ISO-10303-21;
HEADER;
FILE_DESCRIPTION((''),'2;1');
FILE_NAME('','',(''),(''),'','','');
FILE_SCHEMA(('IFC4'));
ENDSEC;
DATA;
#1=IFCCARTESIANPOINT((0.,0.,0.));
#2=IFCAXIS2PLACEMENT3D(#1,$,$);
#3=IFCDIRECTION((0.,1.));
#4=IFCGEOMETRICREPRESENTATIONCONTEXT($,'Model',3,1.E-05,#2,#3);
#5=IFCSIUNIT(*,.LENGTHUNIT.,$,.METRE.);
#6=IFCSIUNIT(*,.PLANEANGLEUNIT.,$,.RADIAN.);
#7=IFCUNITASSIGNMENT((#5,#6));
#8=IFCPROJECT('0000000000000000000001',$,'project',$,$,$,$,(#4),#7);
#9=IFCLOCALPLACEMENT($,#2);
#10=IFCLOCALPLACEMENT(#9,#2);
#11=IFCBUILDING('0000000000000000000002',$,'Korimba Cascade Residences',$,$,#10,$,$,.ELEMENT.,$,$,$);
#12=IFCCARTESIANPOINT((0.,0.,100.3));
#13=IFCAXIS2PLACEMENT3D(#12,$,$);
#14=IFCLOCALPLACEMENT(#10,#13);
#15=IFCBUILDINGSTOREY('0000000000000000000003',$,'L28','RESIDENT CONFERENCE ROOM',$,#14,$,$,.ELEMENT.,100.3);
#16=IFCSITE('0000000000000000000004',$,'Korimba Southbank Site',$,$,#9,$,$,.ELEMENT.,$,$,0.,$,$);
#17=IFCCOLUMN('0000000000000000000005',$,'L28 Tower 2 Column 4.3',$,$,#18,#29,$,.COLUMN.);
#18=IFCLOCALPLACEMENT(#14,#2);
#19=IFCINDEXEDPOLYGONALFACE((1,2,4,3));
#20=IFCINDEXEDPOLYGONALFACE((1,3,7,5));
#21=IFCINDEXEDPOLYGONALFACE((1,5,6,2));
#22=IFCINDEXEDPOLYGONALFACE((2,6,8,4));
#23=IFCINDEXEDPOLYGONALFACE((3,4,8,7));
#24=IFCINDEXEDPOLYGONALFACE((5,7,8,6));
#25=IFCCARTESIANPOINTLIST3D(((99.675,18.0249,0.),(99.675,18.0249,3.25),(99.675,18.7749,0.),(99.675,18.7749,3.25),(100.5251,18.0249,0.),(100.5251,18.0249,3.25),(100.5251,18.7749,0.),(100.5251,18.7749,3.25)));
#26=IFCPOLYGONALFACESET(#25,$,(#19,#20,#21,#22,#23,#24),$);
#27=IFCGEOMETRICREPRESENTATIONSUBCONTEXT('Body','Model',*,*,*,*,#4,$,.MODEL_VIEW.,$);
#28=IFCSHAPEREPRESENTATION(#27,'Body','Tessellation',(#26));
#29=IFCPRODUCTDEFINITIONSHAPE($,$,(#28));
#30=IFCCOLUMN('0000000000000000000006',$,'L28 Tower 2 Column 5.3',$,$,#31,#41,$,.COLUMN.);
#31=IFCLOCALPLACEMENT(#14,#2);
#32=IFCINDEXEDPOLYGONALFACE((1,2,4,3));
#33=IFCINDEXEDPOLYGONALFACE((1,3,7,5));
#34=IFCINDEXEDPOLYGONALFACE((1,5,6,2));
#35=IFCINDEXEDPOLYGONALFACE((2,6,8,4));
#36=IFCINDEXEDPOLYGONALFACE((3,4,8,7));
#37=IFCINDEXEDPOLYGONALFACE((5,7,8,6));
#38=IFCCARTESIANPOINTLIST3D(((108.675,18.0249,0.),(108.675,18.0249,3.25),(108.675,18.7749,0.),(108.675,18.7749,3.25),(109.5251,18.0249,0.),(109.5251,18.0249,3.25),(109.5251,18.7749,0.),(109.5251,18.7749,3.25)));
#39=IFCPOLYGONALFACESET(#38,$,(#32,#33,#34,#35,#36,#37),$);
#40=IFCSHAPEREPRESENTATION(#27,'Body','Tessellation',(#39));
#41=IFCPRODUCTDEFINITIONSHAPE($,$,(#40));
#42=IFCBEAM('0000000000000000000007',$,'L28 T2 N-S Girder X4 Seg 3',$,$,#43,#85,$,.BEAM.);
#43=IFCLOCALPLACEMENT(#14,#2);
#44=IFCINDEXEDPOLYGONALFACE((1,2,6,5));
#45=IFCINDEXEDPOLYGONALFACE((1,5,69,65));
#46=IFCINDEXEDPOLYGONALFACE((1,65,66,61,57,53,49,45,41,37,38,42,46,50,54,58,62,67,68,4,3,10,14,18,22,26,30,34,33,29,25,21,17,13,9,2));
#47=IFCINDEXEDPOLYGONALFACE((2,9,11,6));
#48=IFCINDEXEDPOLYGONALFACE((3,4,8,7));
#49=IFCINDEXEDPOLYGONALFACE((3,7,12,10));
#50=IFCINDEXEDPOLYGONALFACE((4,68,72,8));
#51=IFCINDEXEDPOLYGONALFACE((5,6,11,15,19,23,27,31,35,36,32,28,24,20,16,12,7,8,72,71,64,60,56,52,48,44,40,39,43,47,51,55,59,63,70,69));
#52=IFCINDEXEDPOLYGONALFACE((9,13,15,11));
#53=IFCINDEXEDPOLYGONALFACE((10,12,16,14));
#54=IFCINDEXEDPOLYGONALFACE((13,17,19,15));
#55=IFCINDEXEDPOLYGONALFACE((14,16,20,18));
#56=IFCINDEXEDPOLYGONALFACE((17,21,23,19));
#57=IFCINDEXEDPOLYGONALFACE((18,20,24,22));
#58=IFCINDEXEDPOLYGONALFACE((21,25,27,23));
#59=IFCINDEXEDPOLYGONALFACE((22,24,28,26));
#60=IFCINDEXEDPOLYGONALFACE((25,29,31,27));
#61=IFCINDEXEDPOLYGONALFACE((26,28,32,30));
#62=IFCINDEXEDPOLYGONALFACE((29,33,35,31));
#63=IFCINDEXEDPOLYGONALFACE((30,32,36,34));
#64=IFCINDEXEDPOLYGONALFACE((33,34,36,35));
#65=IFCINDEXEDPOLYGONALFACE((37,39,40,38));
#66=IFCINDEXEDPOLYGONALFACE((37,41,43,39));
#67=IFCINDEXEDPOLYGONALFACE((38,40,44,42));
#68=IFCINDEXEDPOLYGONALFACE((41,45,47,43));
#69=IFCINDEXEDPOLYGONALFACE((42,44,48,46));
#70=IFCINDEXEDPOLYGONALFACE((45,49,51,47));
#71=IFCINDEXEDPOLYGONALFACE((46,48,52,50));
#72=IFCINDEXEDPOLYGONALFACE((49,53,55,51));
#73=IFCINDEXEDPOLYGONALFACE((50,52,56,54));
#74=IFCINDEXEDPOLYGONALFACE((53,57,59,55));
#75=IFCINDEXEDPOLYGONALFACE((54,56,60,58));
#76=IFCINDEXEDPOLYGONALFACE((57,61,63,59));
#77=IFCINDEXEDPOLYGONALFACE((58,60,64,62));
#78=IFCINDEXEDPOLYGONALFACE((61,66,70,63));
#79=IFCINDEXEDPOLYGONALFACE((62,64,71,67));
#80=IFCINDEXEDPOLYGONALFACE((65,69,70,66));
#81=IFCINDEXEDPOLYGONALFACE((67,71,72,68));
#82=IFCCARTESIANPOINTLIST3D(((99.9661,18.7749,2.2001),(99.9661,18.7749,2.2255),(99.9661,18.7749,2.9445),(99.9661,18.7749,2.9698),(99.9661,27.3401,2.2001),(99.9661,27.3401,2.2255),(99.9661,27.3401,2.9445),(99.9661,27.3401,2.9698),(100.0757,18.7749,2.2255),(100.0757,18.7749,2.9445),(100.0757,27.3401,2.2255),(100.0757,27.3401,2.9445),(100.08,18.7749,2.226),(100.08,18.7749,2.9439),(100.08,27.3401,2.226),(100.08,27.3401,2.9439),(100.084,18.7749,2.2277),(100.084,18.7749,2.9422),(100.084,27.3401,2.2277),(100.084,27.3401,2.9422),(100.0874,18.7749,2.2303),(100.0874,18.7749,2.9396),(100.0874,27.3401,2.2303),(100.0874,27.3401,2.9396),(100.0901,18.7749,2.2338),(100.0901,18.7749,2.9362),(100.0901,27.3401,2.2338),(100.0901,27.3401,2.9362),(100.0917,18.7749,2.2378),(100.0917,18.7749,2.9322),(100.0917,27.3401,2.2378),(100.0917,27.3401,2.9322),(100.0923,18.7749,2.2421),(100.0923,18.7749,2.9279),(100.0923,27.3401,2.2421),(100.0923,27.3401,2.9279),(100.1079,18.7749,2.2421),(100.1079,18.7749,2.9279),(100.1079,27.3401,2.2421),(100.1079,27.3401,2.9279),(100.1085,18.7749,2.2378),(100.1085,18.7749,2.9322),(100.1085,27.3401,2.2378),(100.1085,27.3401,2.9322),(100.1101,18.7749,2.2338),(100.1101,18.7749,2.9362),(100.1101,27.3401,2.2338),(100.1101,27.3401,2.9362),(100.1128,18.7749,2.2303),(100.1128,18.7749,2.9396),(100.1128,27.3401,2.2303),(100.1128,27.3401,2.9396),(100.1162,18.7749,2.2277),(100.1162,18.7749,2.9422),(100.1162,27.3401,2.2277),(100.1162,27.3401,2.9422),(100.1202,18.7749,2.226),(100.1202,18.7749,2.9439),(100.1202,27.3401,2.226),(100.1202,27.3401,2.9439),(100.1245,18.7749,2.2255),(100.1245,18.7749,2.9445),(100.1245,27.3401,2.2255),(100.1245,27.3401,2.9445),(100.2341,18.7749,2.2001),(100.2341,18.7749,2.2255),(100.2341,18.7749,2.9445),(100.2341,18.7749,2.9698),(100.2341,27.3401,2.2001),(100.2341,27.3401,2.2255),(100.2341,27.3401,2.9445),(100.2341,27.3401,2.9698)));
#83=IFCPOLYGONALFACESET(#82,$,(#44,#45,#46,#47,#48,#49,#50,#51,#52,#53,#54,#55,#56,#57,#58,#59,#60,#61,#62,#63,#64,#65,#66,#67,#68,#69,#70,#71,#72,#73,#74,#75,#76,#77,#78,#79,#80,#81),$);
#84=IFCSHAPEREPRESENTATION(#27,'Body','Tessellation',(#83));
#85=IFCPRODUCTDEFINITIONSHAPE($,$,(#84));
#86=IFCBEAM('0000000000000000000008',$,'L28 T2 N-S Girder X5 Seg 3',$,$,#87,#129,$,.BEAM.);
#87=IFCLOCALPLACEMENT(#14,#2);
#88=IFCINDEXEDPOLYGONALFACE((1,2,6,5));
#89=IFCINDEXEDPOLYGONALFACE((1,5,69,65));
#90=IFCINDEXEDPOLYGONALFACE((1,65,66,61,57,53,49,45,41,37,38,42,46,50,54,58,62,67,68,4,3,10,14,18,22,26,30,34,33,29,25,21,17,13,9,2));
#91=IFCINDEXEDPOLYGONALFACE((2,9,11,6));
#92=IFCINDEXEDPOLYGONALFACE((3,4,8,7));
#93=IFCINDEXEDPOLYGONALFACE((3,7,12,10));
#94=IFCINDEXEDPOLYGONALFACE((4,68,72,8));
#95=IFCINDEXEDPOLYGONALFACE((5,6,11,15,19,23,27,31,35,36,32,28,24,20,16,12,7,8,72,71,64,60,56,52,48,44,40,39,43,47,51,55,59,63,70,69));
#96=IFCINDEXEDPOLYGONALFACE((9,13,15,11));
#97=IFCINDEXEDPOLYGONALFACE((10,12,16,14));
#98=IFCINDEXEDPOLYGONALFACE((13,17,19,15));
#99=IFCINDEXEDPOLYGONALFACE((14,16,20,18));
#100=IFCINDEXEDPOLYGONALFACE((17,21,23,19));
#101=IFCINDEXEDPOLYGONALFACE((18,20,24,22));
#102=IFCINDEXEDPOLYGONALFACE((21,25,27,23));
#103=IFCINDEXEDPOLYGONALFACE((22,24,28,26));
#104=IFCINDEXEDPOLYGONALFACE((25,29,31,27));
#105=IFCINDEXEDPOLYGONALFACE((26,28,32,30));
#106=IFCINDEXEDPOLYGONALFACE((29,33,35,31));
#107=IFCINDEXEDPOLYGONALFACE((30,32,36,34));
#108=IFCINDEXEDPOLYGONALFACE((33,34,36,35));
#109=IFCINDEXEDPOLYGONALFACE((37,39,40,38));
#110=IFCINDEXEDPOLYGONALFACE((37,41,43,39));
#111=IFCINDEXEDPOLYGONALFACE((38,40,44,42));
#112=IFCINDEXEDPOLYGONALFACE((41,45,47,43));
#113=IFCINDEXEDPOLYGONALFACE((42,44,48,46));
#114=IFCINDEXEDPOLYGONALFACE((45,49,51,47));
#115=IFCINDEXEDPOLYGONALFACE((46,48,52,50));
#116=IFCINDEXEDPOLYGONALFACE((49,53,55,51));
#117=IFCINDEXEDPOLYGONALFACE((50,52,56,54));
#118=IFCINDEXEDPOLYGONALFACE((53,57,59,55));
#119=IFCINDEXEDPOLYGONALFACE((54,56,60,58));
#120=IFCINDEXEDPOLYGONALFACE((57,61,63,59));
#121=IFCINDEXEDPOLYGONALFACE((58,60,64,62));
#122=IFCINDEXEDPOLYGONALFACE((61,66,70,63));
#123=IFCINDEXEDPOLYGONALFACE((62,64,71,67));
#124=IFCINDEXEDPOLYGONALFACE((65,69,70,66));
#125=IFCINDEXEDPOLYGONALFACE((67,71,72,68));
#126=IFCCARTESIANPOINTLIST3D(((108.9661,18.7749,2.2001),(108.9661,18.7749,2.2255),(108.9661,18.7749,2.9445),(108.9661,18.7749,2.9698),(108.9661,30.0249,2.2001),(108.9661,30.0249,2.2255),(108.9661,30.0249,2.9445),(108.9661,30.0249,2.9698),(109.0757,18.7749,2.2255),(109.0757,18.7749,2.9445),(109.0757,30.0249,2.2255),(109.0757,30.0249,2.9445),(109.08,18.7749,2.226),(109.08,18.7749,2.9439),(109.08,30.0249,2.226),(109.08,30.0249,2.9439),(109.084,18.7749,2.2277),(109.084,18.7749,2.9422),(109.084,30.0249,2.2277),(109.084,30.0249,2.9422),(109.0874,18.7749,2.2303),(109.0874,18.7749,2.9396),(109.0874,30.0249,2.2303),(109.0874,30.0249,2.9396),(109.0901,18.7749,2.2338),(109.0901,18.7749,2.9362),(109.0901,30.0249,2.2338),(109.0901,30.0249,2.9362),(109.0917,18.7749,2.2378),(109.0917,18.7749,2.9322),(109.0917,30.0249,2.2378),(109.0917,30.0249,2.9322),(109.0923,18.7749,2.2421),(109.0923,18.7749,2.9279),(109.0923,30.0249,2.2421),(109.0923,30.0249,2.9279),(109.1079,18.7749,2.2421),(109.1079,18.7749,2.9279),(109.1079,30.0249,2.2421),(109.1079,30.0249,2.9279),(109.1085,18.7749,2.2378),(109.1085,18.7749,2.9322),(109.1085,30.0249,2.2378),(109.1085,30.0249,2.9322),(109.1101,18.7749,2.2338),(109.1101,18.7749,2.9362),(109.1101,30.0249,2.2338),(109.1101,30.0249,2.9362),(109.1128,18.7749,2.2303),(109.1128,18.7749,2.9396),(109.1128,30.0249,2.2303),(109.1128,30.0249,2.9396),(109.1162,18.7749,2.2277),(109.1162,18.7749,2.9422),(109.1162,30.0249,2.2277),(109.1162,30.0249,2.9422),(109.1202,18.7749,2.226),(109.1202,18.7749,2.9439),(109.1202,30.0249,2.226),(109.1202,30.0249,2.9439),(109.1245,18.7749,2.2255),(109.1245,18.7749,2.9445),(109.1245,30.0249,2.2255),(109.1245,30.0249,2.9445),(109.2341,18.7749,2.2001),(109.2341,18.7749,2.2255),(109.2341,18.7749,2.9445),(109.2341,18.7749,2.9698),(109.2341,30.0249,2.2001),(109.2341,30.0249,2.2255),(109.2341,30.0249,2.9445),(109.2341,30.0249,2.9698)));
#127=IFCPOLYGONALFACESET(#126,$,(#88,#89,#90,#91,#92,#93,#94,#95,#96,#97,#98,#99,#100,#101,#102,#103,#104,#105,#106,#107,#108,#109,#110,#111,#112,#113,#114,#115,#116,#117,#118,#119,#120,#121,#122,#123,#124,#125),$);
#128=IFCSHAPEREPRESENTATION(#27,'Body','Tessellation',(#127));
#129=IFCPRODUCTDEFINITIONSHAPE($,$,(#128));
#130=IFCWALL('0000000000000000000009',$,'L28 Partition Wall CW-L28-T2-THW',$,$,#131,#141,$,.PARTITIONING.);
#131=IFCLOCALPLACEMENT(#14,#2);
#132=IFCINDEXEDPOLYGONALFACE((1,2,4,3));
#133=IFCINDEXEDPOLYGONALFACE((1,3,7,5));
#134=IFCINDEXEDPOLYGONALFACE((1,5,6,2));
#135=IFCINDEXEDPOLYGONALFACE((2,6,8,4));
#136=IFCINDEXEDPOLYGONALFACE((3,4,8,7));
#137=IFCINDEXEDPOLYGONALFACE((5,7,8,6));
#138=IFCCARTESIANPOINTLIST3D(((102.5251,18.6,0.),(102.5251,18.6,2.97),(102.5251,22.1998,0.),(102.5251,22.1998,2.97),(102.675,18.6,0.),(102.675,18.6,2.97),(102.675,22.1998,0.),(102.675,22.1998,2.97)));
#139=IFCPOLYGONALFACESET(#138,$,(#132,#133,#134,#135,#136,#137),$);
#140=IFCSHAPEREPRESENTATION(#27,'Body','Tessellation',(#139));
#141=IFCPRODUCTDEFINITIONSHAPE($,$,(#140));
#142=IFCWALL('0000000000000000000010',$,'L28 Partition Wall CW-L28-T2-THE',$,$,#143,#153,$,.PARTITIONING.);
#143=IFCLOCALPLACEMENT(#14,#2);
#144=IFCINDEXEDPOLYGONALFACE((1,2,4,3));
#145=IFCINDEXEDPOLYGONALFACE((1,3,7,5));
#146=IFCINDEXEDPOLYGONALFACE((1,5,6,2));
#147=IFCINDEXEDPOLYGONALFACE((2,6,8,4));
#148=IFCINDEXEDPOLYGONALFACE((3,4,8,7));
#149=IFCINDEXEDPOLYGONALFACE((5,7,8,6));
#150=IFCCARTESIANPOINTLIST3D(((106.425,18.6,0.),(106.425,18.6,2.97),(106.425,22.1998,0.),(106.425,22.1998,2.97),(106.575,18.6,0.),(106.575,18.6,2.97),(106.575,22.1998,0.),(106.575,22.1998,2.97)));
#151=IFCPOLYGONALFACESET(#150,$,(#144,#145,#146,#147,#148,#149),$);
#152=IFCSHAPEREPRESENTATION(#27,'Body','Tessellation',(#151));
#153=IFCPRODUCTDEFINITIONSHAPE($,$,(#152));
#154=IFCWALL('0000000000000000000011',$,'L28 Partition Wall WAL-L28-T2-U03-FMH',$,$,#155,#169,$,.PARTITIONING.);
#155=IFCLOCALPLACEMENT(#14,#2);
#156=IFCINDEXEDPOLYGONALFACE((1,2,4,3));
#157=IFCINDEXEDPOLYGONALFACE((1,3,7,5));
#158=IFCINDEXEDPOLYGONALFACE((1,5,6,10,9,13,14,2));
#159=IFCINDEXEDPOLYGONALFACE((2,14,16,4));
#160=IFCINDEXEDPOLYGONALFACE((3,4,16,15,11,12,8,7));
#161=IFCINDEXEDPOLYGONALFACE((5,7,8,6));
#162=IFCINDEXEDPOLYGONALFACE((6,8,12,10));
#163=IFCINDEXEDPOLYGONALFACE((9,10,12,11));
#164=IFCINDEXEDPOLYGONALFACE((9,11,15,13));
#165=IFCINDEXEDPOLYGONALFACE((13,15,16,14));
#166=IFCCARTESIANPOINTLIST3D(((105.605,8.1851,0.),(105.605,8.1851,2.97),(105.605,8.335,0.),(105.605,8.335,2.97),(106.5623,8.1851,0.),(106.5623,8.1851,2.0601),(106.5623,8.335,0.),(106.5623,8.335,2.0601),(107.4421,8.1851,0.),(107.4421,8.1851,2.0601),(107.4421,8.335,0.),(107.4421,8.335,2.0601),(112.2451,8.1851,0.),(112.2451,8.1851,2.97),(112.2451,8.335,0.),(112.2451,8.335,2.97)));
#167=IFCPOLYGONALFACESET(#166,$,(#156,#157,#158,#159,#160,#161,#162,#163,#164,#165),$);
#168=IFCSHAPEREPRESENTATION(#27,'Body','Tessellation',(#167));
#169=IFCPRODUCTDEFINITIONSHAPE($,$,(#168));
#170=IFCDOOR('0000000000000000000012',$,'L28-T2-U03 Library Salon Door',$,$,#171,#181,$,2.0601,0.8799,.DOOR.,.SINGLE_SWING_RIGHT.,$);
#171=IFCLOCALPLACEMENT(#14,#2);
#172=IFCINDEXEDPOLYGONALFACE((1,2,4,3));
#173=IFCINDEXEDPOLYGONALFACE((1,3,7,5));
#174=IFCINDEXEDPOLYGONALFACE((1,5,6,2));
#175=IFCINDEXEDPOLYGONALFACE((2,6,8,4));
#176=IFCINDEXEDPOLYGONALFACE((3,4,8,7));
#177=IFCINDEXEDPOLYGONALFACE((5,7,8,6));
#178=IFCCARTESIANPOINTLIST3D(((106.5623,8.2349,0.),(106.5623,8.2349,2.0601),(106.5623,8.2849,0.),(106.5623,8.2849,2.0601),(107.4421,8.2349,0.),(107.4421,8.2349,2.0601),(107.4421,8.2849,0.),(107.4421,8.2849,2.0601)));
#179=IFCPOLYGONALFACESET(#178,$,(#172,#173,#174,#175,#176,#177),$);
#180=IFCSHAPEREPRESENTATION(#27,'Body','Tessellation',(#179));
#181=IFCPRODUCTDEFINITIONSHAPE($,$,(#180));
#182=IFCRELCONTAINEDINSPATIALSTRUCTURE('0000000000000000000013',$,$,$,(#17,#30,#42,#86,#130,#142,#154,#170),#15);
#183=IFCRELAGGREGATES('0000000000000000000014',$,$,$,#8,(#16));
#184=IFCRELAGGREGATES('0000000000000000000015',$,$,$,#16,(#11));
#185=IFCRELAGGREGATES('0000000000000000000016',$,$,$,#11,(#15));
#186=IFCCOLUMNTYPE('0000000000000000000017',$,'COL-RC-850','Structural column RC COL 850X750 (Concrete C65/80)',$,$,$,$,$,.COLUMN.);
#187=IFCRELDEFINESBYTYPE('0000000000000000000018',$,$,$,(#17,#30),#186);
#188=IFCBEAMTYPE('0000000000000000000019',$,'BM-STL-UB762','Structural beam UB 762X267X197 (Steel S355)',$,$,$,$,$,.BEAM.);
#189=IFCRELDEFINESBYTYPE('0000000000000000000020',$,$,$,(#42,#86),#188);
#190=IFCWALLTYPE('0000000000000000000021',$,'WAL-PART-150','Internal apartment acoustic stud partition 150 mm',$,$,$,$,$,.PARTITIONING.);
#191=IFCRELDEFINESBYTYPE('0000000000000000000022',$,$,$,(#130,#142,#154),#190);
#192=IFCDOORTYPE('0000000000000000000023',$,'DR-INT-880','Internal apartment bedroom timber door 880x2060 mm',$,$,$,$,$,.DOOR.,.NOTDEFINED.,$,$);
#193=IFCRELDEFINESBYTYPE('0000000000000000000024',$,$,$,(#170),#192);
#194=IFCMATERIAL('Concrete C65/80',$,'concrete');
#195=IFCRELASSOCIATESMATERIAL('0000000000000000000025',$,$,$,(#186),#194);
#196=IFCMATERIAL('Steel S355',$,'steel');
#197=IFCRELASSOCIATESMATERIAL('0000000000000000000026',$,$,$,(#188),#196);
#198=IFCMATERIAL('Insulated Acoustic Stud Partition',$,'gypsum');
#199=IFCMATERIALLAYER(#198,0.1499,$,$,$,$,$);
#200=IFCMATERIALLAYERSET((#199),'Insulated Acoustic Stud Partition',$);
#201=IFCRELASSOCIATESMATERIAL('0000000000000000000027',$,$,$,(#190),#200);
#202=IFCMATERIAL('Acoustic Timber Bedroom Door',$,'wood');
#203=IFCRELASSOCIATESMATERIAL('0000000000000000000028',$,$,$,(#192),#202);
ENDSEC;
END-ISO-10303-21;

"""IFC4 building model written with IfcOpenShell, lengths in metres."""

from ifc_helpers import new_model, si_unit, direction, frame, frame_2d, origin, origin_2d, place, context, subcontext, project, spatial, rectangle, i_section, extrude, material, layer, layer_set, material_profile, profile_set, type_object, element, fill, save


model = new_model("IFC4")

# Units and contexts
model_context = context("Model", 3, precision=1e-05, world=origin(), true_north=direction((0.0, 1.0)))
body_context = subcontext(model_context, "Body", "Model", "MODEL_VIEW")
ifc_project = project(units=[si_unit("LENGTHUNIT", "METRE"), si_unit("PLANEANGLEUNIT", "RADIAN")], contexts=[model_context])

# Site, building, storey
site_placement = place(None, origin())
site = spatial("IfcSite", under=ifc_project, at=site_placement, Name="Korimba Southbank Site", CompositionType="ELEMENT", RefElevation=0.0)
building_placement = place(site_placement, origin())
building = spatial("IfcBuilding", under=site, at=building_placement, Name="Korimba Cascade Residences", CompositionType="ELEMENT")
storey_placement = place(building_placement, frame((0.0, 0.0, 100.3)))
storey = spatial("IfcBuildingStorey", under=building, at=storey_placement, Name="L28", Description="RESIDENT CONFERENCE ROOM", CompositionType="ELEMENT", Elevation=100.3)

# Columns
ifc_material_1 = material(Name="Concrete C65/80", Category="concrete")
ifc_material_profile_1 = material_profile(ifc_material_1, rectangle(XDim=0.8501, YDim=0.75, at=origin_2d()), Name="Concrete C65/80")
ifc_profile_set_1 = profile_set([ifc_material_profile_1], Name="Concrete C65/80")
column_type = type_object("IfcColumnType", Name="COL-RC-850", Description="Structural column RC COL 850X750 (Concrete C65/80)", PredefinedType="COLUMN", material=ifc_profile_set_1)
for number, where, z_axis, x_axis, name in (
    (1, (100.1001, 18.3999, 0.0), (0.0, 0.0, 1.0), (1.0, 0.0, 0.0), "L28 Tower 2 Column 4.3"),
    (2, (109.1001, 18.3999, 0.0), (0.0, 0.0, 1.0), (1.0, 0.0, 0.0), "L28 Tower 2 Column 5.3"),
):
    element("IfcColumn", number, at=place(storey_placement, frame(where, z_axis=z_axis, x_axis=x_axis)), inside=storey, type_object=column_type, Name=name, PredefinedType="COLUMN", context=body_context, shape_type="SweptSolid", body=[
        extrude(rectangle(XDim=0.8501, YDim=0.75, at=origin_2d()), origin(), (0.0, 0.0, 1.0), 3.25),
    ])

# Beams
ifc_material_2 = material(Name="Steel S355", Category="steel")
ifc_material_profile_2 = material_profile(ifc_material_2, i_section(OverallWidth=0.2681, OverallDepth=0.7698, WebThickness=0.0156, FlangeThickness=0.0254, FilletRadius=0.0166, at=origin_2d()), Name="Steel S355")
ifc_profile_set_2 = profile_set([ifc_material_profile_2], Name="Steel S355")
beam_type = type_object("IfcBeamType", Name="BM-STL-UB762", Description="Structural beam UB 762X267X197 (Steel S355)", PredefinedType="BEAM", material=ifc_profile_set_2)
beam_1_placement = place(storey_placement, frame((100.1001, 18.7749, 2.585), z_axis=(0.0, 1.0, 0.0), x_axis=(-1.0, 0.0, 0.0)))
element("IfcBeam", 3, at=beam_1_placement, inside=storey, type_object=beam_type, Name="L28 T2 N-S Girder X4 Seg 3", PredefinedType="BEAM", context=body_context, shape_type="SweptSolid", body=[
    extrude(i_section(OverallWidth=0.2681, OverallDepth=0.7698, WebThickness=0.0156, FlangeThickness=0.0254, FilletRadius=0.0166, at=origin_2d()), origin(), (0.0, 0.0, 1.0), 8.5652),
])
beam_2_placement = place(storey_placement, frame((109.1001, 18.7749, 2.585), z_axis=(0.0, 1.0, 0.0), x_axis=(-1.0, 0.0, 0.0)))
element("IfcBeam", 4, at=beam_2_placement, inside=storey, type_object=beam_type, Name="L28 T2 N-S Girder X5 Seg 3", PredefinedType="BEAM", context=body_context, shape_type="SweptSolid", body=[
    extrude(i_section(OverallWidth=0.2681, OverallDepth=0.7698, WebThickness=0.0156, FlangeThickness=0.0254, FilletRadius=0.0166, at=origin_2d()), origin(), (0.0, 0.0, 1.0), 11.25),
])

# Walls
ifc_material_3 = material(Name="Insulated Acoustic Stud Partition", Category="gypsum")
ifc_layer_1 = layer(ifc_material_3, 0.1499)
ifc_layer_set_1 = layer_set([ifc_layer_1], Name="Insulated Acoustic Stud Partition")
wall_type_1 = type_object("IfcWallType", Name="WAL-PART-150", Description="Internal apartment acoustic stud partition 150 mm", PredefinedType="PARTITIONING", material=ifc_layer_set_1)
for number, where, z_axis, x_axis, name in (
    (5, (102.6001, 18.6001, 0.0), (0.0, 0.0, 1.0), (0.0, 1.0, 0.0), "L28 Partition Wall CW-L28-T2-THW"),
    (6, (106.5, 18.6001, 0.0), (0.0, 0.0, 1.0), (0.0, 1.0, 0.0), "L28 Partition Wall CW-L28-T2-THE"),
):
    element("IfcWall", number, at=place(storey_placement, frame(where, z_axis=z_axis, x_axis=x_axis)), inside=storey, type_object=wall_type_1, Name=name, PredefinedType="PARTITIONING", context=body_context, shape_type="SweptSolid", body=[
        extrude(rectangle(XDim=3.5999, YDim=0.1499, at=frame_2d((1.7998, 0.0))), origin(), (0.0, 0.0, 1.0), 2.97),
    ])

# Wall, opening, door
wall_1_placement = place(storey_placement, frame((105.605, 8.26, 0.0), z_axis=(0.0, 0.0, 1.0), x_axis=(1.0, 0.0, 0.0)))
wall_1 = element("IfcWall", 7, at=wall_1_placement, inside=storey, type_object=wall_type_1, Name="L28 Partition Wall WAL-L28-T2-U03-FMH", PredefinedType="PARTITIONING", context=body_context, shape_type="SweptSolid", body=[
    extrude(rectangle(XDim=6.6401, YDim=0.1499, at=frame_2d((3.3201, 0.0))), origin(), (0.0, 0.0, 1.0), 2.97),
])
opening_1_placement = place(wall_1_placement, frame((0.9573, 0.0, 0.0)))
opening_1 = element("IfcOpeningElement", 8, at=opening_1_placement, cuts=wall_1, PredefinedType="OPENING", context=body_context, shape_type="SweptSolid", body=[
    extrude(rectangle(XDim=0.8799, YDim=2.0601, at=frame_2d((0.4399, 1.03))), frame((0.0, 0.085, 0.0), z_axis=(0.0, -1.0, 0.0), x_axis=(1.0, 0.0, 0.0)), (0.0, 0.0, 1.0), 0.1699),
])
ifc_material_4 = material(Name="Acoustic Timber Bedroom Door", Category="wood")
door_type_1 = type_object("IfcDoorType", Name="DR-INT-880", Description="Internal apartment bedroom timber door 880x2060 mm", OperationType="NOTDEFINED", PredefinedType="DOOR", material=ifc_material_4)
door_1_placement = place(opening_1_placement, origin())
door_1 = element("IfcDoor", 9, at=door_1_placement, inside=storey, type_object=door_type_1, Name="L28-T2-U03 Library Salon Door", OperationType="SINGLE_SWING_RIGHT", OverallHeight=2.0601, OverallWidth=0.8799, PredefinedType="DOOR", context=body_context, shape_type="SweptSolid", body=[
    extrude(rectangle(XDim=0.8799, YDim=2.0601, at=frame_2d((0.4399, 1.03))), frame((0.0, 0.0249, 0.0), z_axis=(0.0, -1.0, 0.0), x_axis=(1.0, 0.0, 0.0)), (0.0, 0.0, 1.0), 0.05),
])
fill(opening_1, door_1)

save(model, "model.ifc")
